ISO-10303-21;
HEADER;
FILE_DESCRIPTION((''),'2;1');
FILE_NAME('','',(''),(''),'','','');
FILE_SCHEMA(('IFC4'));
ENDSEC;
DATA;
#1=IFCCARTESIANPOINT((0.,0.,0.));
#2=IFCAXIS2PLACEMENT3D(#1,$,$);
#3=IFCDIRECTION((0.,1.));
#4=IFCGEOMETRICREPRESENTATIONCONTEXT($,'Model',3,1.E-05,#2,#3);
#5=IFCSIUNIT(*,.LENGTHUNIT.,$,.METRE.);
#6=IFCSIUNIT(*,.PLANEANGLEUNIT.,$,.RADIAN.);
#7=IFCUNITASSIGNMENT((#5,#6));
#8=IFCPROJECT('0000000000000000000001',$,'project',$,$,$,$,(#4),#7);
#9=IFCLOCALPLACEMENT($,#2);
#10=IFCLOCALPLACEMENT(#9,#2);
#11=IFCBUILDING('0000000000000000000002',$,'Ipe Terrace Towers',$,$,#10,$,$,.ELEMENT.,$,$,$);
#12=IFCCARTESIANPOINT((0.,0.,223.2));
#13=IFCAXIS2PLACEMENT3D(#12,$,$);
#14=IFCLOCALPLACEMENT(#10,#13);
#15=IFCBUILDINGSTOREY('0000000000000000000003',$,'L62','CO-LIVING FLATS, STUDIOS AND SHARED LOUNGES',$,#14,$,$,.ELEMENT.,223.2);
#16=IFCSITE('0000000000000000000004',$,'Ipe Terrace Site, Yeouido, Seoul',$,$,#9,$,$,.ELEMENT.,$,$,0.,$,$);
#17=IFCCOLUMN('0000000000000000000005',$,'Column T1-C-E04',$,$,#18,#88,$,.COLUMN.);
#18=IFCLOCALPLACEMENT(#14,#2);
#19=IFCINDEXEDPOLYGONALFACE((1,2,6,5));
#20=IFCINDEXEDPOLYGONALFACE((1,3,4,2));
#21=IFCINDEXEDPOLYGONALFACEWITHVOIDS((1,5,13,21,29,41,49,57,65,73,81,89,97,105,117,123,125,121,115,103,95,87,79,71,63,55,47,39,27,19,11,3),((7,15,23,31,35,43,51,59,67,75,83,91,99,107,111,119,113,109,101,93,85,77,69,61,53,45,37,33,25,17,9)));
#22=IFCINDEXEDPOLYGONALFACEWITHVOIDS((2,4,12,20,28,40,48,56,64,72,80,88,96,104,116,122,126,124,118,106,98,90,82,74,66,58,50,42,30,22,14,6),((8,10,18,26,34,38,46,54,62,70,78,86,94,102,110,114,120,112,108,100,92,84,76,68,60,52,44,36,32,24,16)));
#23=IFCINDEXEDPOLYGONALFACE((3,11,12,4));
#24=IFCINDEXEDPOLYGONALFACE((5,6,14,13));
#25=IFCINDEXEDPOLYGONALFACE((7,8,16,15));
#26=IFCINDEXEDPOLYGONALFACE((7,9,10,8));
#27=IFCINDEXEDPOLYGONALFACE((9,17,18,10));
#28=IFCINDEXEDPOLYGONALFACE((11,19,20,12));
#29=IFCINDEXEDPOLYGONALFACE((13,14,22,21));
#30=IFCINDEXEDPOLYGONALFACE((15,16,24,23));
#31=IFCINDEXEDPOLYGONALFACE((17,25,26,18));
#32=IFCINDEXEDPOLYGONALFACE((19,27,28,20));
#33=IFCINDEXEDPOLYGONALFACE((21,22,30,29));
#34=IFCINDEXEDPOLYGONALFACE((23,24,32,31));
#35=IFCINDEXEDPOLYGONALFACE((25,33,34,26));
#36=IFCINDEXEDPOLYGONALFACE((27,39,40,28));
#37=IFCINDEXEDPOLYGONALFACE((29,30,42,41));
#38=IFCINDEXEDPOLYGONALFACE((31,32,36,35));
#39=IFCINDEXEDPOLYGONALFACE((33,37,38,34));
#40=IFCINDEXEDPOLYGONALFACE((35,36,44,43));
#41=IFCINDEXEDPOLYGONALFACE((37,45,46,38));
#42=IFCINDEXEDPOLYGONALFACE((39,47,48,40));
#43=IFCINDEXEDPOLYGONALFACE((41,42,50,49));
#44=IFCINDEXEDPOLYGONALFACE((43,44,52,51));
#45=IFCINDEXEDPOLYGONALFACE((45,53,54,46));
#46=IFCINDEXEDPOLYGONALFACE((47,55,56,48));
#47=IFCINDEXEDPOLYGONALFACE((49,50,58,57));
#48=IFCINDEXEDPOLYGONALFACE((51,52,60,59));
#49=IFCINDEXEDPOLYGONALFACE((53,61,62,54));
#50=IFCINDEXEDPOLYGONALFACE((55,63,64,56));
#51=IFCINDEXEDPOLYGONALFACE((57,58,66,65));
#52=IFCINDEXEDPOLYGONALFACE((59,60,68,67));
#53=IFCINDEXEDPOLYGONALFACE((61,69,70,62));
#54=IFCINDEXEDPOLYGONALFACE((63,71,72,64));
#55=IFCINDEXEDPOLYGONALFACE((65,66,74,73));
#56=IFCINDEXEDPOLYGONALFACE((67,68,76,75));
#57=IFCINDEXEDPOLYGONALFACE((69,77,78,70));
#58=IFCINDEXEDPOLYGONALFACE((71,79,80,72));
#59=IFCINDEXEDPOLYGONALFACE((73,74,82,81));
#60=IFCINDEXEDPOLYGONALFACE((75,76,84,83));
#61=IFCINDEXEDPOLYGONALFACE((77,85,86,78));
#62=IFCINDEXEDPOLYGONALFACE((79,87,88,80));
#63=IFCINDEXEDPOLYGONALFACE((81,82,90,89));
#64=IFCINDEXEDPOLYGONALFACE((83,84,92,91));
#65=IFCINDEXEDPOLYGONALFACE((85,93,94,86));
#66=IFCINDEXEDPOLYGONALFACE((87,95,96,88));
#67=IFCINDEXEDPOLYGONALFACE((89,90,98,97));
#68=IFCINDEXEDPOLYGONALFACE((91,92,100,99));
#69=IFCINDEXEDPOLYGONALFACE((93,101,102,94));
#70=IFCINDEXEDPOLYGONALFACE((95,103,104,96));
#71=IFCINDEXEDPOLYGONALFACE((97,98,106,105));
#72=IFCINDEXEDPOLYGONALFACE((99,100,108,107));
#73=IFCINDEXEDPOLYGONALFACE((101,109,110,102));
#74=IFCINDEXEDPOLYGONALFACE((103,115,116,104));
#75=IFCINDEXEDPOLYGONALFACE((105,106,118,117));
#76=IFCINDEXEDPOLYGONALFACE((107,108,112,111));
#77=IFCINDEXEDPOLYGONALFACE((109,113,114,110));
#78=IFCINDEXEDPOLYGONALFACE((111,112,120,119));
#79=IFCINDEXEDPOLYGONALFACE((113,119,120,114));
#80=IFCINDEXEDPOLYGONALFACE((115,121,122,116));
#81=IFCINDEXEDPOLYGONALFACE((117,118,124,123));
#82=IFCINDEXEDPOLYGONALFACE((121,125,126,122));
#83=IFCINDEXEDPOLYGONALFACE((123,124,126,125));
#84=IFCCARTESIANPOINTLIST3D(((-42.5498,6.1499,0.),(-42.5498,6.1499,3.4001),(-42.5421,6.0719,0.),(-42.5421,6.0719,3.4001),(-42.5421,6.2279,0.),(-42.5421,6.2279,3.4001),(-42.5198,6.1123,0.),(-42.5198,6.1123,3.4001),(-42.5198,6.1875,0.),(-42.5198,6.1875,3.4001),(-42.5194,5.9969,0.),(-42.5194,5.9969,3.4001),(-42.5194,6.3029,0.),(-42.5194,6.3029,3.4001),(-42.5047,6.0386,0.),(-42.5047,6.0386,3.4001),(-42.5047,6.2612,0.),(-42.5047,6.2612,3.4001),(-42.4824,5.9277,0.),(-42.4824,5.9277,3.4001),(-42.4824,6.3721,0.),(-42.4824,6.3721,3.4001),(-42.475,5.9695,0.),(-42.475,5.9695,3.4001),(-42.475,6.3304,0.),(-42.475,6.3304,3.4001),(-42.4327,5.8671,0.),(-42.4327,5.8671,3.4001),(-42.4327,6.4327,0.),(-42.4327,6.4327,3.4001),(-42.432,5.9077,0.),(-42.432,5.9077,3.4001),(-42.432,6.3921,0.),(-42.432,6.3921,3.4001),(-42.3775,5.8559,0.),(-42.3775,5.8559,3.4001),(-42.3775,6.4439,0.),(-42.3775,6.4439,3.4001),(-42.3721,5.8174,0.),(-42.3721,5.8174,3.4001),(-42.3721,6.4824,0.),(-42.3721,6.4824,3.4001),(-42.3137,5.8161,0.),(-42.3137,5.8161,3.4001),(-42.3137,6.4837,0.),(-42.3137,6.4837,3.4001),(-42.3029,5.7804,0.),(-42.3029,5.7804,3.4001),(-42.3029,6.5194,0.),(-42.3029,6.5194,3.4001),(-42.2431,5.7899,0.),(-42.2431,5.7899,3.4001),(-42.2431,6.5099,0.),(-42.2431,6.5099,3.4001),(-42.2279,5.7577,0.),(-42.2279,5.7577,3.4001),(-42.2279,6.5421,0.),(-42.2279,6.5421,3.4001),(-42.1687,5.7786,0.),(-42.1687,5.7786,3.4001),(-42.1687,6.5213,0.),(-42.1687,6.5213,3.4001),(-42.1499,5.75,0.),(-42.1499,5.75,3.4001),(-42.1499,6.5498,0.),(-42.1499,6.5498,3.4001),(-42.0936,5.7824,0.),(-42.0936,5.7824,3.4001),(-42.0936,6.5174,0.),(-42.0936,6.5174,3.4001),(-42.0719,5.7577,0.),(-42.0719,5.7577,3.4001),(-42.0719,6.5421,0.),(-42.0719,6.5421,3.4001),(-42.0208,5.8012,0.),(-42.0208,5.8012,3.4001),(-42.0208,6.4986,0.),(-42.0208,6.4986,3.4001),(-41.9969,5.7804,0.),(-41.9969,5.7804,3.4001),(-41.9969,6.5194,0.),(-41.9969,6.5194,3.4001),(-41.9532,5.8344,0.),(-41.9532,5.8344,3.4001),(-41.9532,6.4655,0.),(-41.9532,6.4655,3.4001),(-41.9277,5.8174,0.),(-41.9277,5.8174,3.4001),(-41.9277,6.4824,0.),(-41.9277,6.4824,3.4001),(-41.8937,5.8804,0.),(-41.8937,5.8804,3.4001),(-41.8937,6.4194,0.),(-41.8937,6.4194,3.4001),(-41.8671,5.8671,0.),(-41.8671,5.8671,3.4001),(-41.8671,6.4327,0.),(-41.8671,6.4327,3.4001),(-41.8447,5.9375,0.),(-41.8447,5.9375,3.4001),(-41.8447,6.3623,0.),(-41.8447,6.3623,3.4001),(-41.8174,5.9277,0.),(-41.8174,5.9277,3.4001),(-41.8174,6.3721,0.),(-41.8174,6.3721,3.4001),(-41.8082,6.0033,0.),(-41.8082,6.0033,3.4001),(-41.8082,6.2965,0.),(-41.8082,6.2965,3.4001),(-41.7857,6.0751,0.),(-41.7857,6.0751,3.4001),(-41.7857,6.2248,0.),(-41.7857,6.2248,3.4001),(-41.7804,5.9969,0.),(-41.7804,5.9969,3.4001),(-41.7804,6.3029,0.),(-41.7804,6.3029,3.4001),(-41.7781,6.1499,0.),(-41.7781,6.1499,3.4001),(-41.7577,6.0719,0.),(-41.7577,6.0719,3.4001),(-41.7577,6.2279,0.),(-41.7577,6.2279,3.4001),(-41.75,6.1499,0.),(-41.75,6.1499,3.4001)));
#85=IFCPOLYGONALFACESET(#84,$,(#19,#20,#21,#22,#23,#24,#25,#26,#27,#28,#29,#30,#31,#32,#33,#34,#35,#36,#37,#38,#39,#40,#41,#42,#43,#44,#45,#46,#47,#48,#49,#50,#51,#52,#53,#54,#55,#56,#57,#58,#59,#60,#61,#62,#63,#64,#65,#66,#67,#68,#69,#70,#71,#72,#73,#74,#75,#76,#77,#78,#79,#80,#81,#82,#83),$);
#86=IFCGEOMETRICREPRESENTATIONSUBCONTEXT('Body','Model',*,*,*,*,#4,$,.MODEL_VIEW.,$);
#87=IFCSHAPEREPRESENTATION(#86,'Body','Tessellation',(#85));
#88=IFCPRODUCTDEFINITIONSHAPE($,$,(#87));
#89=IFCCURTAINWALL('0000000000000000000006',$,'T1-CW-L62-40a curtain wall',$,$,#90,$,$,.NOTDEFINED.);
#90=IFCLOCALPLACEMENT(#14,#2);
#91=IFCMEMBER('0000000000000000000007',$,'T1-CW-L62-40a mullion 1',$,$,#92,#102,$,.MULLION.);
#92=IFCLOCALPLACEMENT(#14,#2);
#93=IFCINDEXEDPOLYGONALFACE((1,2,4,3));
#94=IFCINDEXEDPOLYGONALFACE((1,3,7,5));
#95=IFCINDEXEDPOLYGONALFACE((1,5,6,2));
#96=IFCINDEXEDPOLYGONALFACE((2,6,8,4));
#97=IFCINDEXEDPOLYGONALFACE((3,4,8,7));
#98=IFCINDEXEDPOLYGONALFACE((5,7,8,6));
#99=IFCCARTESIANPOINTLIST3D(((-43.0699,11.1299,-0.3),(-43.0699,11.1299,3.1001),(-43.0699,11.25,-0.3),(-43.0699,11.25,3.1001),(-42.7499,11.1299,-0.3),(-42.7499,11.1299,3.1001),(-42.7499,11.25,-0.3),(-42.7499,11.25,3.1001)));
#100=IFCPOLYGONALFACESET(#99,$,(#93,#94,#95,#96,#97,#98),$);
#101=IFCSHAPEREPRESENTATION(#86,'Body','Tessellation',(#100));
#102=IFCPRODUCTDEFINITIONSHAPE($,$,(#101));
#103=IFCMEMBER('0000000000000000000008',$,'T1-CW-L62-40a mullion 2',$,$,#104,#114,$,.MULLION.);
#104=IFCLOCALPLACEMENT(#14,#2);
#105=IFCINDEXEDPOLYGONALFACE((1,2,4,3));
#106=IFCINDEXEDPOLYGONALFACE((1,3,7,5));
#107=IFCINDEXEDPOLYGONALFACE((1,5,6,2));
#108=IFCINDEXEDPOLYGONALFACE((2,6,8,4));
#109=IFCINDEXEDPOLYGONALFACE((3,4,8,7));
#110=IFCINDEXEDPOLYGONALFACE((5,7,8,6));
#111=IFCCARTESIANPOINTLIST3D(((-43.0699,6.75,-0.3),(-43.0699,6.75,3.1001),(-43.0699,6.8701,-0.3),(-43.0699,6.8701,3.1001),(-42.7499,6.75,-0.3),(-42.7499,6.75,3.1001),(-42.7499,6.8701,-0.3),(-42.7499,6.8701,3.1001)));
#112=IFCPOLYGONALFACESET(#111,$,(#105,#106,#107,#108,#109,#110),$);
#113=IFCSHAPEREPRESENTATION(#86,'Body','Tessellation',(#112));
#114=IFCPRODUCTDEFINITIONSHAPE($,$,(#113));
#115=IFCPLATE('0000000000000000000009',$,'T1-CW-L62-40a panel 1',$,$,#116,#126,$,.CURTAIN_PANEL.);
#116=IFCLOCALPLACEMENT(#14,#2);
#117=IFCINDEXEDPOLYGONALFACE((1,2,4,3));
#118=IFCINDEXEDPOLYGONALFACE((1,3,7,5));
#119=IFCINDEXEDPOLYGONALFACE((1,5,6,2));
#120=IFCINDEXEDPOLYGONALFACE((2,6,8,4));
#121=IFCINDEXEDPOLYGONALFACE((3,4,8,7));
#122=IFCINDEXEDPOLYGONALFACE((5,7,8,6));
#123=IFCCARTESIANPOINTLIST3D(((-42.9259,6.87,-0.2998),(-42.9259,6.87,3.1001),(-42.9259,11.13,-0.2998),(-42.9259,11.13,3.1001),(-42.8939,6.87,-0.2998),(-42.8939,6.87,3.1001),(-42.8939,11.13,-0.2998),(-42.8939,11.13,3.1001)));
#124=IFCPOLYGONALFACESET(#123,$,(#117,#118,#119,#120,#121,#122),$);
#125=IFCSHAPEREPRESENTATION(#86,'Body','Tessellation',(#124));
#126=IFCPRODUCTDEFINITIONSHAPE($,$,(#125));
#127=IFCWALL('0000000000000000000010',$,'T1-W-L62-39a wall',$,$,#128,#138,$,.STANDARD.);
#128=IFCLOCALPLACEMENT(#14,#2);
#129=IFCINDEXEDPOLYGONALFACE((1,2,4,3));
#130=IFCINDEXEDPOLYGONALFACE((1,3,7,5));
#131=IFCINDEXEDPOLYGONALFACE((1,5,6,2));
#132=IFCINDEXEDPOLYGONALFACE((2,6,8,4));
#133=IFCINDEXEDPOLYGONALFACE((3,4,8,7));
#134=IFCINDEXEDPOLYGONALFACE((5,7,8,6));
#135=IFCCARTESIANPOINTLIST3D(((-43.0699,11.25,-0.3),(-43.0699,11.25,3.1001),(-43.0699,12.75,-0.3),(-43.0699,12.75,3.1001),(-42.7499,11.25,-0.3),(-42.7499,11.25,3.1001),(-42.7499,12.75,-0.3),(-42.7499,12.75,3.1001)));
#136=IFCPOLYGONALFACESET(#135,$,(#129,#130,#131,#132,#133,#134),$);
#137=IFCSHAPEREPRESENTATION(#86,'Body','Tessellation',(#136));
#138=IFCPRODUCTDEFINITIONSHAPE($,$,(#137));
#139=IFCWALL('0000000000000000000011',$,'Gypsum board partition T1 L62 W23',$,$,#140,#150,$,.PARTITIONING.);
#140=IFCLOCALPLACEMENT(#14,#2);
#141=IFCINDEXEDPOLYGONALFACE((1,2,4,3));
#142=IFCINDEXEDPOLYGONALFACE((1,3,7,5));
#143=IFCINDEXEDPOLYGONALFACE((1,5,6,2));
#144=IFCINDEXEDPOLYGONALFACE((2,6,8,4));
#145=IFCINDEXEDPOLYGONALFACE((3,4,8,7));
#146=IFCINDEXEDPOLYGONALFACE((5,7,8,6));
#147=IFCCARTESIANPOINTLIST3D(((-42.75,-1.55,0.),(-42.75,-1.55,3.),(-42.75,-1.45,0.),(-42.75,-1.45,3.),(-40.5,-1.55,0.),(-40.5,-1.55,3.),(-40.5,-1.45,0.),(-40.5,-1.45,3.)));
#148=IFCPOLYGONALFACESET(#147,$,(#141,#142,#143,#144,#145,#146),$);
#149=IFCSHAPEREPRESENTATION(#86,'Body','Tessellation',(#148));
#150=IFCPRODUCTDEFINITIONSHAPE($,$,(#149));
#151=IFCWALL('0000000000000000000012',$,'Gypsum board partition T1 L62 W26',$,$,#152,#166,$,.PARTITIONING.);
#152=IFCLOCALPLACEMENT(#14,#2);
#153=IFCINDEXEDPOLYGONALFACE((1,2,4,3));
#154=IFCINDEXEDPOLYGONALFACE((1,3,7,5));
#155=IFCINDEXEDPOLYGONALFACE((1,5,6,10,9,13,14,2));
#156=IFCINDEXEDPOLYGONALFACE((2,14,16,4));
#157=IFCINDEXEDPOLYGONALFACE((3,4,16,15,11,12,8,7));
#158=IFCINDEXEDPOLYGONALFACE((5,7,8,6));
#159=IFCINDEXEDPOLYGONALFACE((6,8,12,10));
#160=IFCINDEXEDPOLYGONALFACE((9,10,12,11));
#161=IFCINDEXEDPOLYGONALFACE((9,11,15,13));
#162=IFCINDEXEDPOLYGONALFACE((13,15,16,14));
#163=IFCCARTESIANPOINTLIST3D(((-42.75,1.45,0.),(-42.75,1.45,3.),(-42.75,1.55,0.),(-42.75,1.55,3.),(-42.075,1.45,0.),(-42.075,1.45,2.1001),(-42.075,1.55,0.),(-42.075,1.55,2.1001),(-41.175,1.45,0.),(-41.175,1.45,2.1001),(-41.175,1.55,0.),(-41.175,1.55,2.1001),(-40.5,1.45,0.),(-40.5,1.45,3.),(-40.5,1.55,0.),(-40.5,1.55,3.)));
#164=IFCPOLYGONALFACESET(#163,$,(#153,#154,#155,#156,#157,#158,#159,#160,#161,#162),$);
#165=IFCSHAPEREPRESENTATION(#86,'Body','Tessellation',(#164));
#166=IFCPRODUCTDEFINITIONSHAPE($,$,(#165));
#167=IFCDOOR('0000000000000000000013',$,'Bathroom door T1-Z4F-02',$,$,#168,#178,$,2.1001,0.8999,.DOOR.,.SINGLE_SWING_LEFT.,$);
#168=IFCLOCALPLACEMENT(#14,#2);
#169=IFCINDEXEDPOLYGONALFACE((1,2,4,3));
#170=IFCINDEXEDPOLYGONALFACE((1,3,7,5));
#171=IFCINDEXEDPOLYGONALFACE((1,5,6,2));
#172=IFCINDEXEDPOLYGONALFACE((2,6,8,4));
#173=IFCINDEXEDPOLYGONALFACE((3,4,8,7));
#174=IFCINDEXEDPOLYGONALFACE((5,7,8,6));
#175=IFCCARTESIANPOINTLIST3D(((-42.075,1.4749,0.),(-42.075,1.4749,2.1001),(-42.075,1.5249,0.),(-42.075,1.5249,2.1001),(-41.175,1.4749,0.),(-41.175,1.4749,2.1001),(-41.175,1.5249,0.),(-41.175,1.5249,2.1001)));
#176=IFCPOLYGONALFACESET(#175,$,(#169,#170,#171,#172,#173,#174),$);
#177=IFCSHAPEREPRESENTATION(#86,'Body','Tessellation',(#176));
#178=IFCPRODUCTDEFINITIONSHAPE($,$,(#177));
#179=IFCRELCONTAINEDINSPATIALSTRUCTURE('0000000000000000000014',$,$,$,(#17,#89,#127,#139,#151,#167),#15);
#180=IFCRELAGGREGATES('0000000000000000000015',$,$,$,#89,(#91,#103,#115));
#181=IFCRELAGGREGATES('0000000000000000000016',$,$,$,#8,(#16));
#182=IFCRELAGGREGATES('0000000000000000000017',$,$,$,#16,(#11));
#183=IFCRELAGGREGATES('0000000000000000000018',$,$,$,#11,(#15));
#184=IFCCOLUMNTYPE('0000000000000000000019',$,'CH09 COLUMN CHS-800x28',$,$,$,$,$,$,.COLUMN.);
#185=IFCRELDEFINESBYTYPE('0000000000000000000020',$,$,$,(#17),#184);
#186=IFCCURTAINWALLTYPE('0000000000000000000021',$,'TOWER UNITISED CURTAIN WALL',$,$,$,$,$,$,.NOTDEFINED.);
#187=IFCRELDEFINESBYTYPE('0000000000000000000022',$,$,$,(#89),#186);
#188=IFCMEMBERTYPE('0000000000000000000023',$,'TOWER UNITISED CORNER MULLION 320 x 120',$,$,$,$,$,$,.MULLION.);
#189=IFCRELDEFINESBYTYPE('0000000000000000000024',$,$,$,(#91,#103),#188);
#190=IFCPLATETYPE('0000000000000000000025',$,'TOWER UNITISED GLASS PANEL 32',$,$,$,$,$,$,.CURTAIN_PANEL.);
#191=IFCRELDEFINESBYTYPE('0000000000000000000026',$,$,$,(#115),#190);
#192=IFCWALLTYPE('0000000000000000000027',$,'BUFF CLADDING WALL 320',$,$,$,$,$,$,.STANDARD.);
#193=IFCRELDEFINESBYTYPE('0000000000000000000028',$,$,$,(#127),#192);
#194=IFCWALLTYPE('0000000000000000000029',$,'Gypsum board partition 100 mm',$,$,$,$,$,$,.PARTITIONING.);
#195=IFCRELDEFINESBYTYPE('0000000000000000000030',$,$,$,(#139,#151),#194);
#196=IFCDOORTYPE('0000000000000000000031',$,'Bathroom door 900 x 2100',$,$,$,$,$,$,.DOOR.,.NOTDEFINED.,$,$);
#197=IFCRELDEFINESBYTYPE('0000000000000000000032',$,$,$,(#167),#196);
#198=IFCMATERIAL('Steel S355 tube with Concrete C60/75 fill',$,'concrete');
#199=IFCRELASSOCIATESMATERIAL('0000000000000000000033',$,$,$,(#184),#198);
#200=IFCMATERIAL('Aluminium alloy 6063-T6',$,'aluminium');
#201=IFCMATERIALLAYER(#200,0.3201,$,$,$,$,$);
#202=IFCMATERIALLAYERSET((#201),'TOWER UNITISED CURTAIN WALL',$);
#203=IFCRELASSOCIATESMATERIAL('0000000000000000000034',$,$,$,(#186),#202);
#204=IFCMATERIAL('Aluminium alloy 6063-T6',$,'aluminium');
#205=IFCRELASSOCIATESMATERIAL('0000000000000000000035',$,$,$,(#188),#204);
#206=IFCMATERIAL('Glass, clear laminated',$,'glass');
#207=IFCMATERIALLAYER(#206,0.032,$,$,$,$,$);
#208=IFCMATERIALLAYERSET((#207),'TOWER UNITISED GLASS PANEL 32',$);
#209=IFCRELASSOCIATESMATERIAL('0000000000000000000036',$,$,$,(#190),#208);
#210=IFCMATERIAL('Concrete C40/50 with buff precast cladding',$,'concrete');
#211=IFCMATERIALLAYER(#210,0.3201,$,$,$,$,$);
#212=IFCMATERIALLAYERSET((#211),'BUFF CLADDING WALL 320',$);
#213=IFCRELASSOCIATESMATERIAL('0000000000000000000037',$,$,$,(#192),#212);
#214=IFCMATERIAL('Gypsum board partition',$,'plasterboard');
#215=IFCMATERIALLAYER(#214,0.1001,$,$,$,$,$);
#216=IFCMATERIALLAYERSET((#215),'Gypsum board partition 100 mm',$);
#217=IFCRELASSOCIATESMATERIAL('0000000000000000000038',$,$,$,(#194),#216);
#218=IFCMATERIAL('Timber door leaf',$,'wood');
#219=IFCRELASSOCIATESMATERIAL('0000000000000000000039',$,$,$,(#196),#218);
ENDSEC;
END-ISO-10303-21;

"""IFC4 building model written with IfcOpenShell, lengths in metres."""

from ifc_helpers import new_model, si_unit, direction, frame, frame_2d, origin, origin_2d, place, context, subcontext, project, spatial, rectangle, hollow_circle, extrude, material, layer, layer_set, material_profile, profile_set, type_object, element, fill, aggregate, save


model = new_model("IFC4")

# Units and contexts
model_context = context("Model", 3, precision=1e-05, world=origin(), true_north=direction((0.0, 1.0)))
body_context = subcontext(model_context, "Body", "Model", "MODEL_VIEW")
ifc_project = project(units=[si_unit("LENGTHUNIT", "METRE"), si_unit("PLANEANGLEUNIT", "RADIAN")], contexts=[model_context])

# Site, building, storey
site_placement = place(None, origin())
site = spatial("IfcSite", under=ifc_project, at=site_placement, Name="Ipe Terrace Site, Yeouido, Seoul", CompositionType="ELEMENT", RefElevation=0.0)
building_placement = place(site_placement, origin())
building = spatial("IfcBuilding", under=site, at=building_placement, Name="Ipe Terrace Towers", CompositionType="ELEMENT")
storey_placement = place(building_placement, frame((0.0, 0.0, 223.2)))
storey = spatial("IfcBuildingStorey", under=building, at=storey_placement, Name="L62", Description="CO-LIVING FLATS, STUDIOS AND SHARED LOUNGES", CompositionType="ELEMENT", Elevation=223.2)

# Column
ifc_material_1 = material(Name="Steel S355 tube with Concrete C60/75 fill", Category="concrete")
ifc_material_profile_1 = material_profile(ifc_material_1, hollow_circle(Radius=0.3999, WallThickness=0.0281, at=origin_2d()), Name="CHS-800x28")
ifc_profile_set_1 = profile_set([ifc_material_profile_1], Name="Steel S355 tube with Concrete C60/75 fill")
column_type = type_object("IfcColumnType", Name="CH09 COLUMN CHS-800x28", PredefinedType="COLUMN", material=ifc_profile_set_1)
column_placement = place(storey_placement, frame((-42.1499, 6.1499, 0.0), z_axis=(0.0, 0.0, 1.0), x_axis=(1.0, 0.0, 0.0)))
element("IfcColumn", 1, at=column_placement, inside=storey, type_object=column_type, Name="Column T1-C-E04", PredefinedType="COLUMN", context=body_context, shape_type="SweptSolid", body=[
    extrude(hollow_circle(Radius=0.3999, WallThickness=0.0281, at=origin_2d()), origin(), (0.0, 0.0, 1.0), 3.4001),
])

# Curtain wall, members, plate
ifc_material_2 = material(Name="Aluminium alloy 6063-T6", Category="aluminium")
ifc_layer_1 = layer(ifc_material_2, 0.3201)
ifc_layer_set_1 = layer_set([ifc_layer_1], Name="TOWER UNITISED CURTAIN WALL")
curtain_wall_type = type_object("IfcCurtainWallType", Name="TOWER UNITISED CURTAIN WALL", PredefinedType="NOTDEFINED", material=ifc_layer_set_1)
curtain_wall_placement = place(storey_placement, origin())
curtain_wall = element("IfcCurtainWall", 2, at=curtain_wall_placement, inside=storey, type_object=curtain_wall_type, Name="T1-CW-L62-40a curtain wall", PredefinedType="NOTDEFINED")
ifc_material_3 = material(Name="Aluminium alloy 6063-T6", Category="aluminium")
ifc_material_profile_2 = material_profile(ifc_material_3, rectangle(XDim=0.3201, YDim=0.1201, at=origin_2d()), Name="TOWER UNITISED CORNER MULLION 320 x 120")
ifc_profile_set_2 = profile_set([ifc_material_profile_2], Name="Aluminium alloy 6063-T6")
member_type = type_object("IfcMemberType", Name="TOWER UNITISED CORNER MULLION 320 x 120", PredefinedType="MULLION", material=ifc_profile_set_2)
member_1_placement = place(storey_placement, frame((-42.9099, 11.1899, -0.3), z_axis=(0.0, 0.0, 1.0), x_axis=(-1.0, 0.0, 0.0)))
member_1 = element("IfcMember", 3, at=member_1_placement, type_object=member_type, Name="T1-CW-L62-40a mullion 1", PredefinedType="MULLION", context=body_context, shape_type="SweptSolid", body=[
    extrude(rectangle(XDim=0.3201, YDim=0.1201, at=origin_2d()), origin(), (0.0, 0.0, 1.0), 3.4001),
])
member_2_placement = place(storey_placement, frame((-42.9099, 6.8101, -0.3), z_axis=(0.0, 0.0, 1.0), x_axis=(-1.0, 0.0, 0.0)))
member_2 = element("IfcMember", 4, at=member_2_placement, type_object=member_type, Name="T1-CW-L62-40a mullion 2", PredefinedType="MULLION", context=body_context, shape_type="SweptSolid", body=[
    extrude(rectangle(XDim=0.3201, YDim=0.1201, at=origin_2d()), origin(), (0.0, 0.0, 1.0), 3.4001),
])
ifc_material_4 = material(Name="Glass, clear laminated", Category="glass")
ifc_layer_2 = layer(ifc_material_4, 0.032)
ifc_layer_set_2 = layer_set([ifc_layer_2], Name="TOWER UNITISED GLASS PANEL 32")
plate_type = type_object("IfcPlateType", Name="TOWER UNITISED GLASS PANEL 32", PredefinedType="CURTAIN_PANEL", material=ifc_layer_set_2)
plate_placement = place(storey_placement, frame((-42.9099, 9.0, -0.2998), z_axis=(0.0, 0.0, 1.0), x_axis=(0.0, -1.0, 0.0)))
plate = element("IfcPlate", 5, at=plate_placement, type_object=plate_type, Name="T1-CW-L62-40a panel 1", PredefinedType="CURTAIN_PANEL", context=body_context, shape_type="SweptSolid", body=[
    extrude(rectangle(XDim=4.26, YDim=0.032, at=origin_2d()), origin(), (0.0, 0.0, 1.0), 3.3999),
])
aggregate(curtain_wall, [member_1, member_2, plate])

# Walls
ifc_material_5 = material(Name="Concrete C40/50 with buff precast cladding", Category="concrete")
ifc_layer_3 = layer(ifc_material_5, 0.3201)
ifc_layer_set_3 = layer_set([ifc_layer_3], Name="BUFF CLADDING WALL 320")
wall_type_1 = type_object("IfcWallType", Name="BUFF CLADDING WALL 320", PredefinedType="STANDARD", material=ifc_layer_set_3)
wall_1_placement = place(storey_placement, frame((-42.9099, 12.75, -0.3), z_axis=(0.0, 0.0, 1.0), x_axis=(0.0, -1.0, 0.0)))
element("IfcWall", 6, at=wall_1_placement, inside=storey, type_object=wall_type_1, Name="T1-W-L62-39a wall", PredefinedType="STANDARD", context=body_context, shape_type="SweptSolid", body=[
    extrude(rectangle(XDim=1.5, YDim=0.3201, at=frame_2d((0.75, 0.0))), origin(), (0.0, 0.0, 1.0), 3.4001),
])
ifc_material_6 = material(Name="Gypsum board partition", Category="plasterboard")
ifc_layer_4 = layer(ifc_material_6, 0.1001)
ifc_layer_set_4 = layer_set([ifc_layer_4], Name="Gypsum board partition 100 mm")
wall_type_2 = type_object("IfcWallType", Name="Gypsum board partition 100 mm", PredefinedType="PARTITIONING", material=ifc_layer_set_4)
wall_2_placement = place(storey_placement, frame((-42.75, -1.5, 0.0), z_axis=(0.0, 0.0, 1.0), x_axis=(1.0, 0.0, 0.0)))
element("IfcWall", 7, at=wall_2_placement, inside=storey, type_object=wall_type_2, Name="Gypsum board partition T1 L62 W23", PredefinedType="PARTITIONING", context=body_context, shape_type="SweptSolid", body=[
    extrude(rectangle(XDim=2.25, YDim=0.1001, at=frame_2d((1.125, 0.0))), origin(), (0.0, 0.0, 1.0), 3.0),
])

# Wall, opening, door
wall_3_placement = place(storey_placement, frame((-42.75, 1.5, 0.0), z_axis=(0.0, 0.0, 1.0), x_axis=(1.0, 0.0, 0.0)))
wall_3 = element("IfcWall", 8, at=wall_3_placement, inside=storey, type_object=wall_type_2, Name="Gypsum board partition T1 L62 W26", PredefinedType="PARTITIONING", context=body_context, shape_type="SweptSolid", body=[
    extrude(rectangle(XDim=2.25, YDim=0.1001, at=frame_2d((1.125, 0.0))), origin(), (0.0, 0.0, 1.0), 3.0),
])
opening_1_placement = place(wall_3_placement, frame((0.675, 0.0, 0.0)))
opening_1 = element("IfcOpeningElement", 9, at=opening_1_placement, cuts=wall_3, PredefinedType="OPENING", context=body_context, shape_type="SweptSolid", body=[
    extrude(rectangle(XDim=0.8999, YDim=2.1001, at=frame_2d((0.45, 1.05))), frame((0.0, 0.0601, 0.0), z_axis=(0.0, -1.0, 0.0), x_axis=(1.0, 0.0, 0.0)), (0.0, 0.0, 1.0), 0.1201),
])
ifc_material_7 = material(Name="Timber door leaf", Category="wood")
door_type_1 = type_object("IfcDoorType", Name="Bathroom door 900 x 2100", OperationType="NOTDEFINED", PredefinedType="DOOR", material=ifc_material_7)
door_1_placement = place(opening_1_placement, origin())
door_1 = element("IfcDoor", 10, at=door_1_placement, inside=storey, type_object=door_type_1, Name="Bathroom door T1-Z4F-02", OperationType="SINGLE_SWING_LEFT", OverallHeight=2.1001, OverallWidth=0.8999, PredefinedType="DOOR", context=body_context, shape_type="SweptSolid", body=[
    extrude(rectangle(XDim=0.8999, YDim=2.1001, at=frame_2d((0.45, 1.05))), frame((0.0, 0.0249, 0.0), z_axis=(0.0, -1.0, 0.0), x_axis=(1.0, 0.0, 0.0)), (0.0, 0.0, 1.0), 0.05),
])
fill(opening_1, door_1)

save(model, "model.ifc")
